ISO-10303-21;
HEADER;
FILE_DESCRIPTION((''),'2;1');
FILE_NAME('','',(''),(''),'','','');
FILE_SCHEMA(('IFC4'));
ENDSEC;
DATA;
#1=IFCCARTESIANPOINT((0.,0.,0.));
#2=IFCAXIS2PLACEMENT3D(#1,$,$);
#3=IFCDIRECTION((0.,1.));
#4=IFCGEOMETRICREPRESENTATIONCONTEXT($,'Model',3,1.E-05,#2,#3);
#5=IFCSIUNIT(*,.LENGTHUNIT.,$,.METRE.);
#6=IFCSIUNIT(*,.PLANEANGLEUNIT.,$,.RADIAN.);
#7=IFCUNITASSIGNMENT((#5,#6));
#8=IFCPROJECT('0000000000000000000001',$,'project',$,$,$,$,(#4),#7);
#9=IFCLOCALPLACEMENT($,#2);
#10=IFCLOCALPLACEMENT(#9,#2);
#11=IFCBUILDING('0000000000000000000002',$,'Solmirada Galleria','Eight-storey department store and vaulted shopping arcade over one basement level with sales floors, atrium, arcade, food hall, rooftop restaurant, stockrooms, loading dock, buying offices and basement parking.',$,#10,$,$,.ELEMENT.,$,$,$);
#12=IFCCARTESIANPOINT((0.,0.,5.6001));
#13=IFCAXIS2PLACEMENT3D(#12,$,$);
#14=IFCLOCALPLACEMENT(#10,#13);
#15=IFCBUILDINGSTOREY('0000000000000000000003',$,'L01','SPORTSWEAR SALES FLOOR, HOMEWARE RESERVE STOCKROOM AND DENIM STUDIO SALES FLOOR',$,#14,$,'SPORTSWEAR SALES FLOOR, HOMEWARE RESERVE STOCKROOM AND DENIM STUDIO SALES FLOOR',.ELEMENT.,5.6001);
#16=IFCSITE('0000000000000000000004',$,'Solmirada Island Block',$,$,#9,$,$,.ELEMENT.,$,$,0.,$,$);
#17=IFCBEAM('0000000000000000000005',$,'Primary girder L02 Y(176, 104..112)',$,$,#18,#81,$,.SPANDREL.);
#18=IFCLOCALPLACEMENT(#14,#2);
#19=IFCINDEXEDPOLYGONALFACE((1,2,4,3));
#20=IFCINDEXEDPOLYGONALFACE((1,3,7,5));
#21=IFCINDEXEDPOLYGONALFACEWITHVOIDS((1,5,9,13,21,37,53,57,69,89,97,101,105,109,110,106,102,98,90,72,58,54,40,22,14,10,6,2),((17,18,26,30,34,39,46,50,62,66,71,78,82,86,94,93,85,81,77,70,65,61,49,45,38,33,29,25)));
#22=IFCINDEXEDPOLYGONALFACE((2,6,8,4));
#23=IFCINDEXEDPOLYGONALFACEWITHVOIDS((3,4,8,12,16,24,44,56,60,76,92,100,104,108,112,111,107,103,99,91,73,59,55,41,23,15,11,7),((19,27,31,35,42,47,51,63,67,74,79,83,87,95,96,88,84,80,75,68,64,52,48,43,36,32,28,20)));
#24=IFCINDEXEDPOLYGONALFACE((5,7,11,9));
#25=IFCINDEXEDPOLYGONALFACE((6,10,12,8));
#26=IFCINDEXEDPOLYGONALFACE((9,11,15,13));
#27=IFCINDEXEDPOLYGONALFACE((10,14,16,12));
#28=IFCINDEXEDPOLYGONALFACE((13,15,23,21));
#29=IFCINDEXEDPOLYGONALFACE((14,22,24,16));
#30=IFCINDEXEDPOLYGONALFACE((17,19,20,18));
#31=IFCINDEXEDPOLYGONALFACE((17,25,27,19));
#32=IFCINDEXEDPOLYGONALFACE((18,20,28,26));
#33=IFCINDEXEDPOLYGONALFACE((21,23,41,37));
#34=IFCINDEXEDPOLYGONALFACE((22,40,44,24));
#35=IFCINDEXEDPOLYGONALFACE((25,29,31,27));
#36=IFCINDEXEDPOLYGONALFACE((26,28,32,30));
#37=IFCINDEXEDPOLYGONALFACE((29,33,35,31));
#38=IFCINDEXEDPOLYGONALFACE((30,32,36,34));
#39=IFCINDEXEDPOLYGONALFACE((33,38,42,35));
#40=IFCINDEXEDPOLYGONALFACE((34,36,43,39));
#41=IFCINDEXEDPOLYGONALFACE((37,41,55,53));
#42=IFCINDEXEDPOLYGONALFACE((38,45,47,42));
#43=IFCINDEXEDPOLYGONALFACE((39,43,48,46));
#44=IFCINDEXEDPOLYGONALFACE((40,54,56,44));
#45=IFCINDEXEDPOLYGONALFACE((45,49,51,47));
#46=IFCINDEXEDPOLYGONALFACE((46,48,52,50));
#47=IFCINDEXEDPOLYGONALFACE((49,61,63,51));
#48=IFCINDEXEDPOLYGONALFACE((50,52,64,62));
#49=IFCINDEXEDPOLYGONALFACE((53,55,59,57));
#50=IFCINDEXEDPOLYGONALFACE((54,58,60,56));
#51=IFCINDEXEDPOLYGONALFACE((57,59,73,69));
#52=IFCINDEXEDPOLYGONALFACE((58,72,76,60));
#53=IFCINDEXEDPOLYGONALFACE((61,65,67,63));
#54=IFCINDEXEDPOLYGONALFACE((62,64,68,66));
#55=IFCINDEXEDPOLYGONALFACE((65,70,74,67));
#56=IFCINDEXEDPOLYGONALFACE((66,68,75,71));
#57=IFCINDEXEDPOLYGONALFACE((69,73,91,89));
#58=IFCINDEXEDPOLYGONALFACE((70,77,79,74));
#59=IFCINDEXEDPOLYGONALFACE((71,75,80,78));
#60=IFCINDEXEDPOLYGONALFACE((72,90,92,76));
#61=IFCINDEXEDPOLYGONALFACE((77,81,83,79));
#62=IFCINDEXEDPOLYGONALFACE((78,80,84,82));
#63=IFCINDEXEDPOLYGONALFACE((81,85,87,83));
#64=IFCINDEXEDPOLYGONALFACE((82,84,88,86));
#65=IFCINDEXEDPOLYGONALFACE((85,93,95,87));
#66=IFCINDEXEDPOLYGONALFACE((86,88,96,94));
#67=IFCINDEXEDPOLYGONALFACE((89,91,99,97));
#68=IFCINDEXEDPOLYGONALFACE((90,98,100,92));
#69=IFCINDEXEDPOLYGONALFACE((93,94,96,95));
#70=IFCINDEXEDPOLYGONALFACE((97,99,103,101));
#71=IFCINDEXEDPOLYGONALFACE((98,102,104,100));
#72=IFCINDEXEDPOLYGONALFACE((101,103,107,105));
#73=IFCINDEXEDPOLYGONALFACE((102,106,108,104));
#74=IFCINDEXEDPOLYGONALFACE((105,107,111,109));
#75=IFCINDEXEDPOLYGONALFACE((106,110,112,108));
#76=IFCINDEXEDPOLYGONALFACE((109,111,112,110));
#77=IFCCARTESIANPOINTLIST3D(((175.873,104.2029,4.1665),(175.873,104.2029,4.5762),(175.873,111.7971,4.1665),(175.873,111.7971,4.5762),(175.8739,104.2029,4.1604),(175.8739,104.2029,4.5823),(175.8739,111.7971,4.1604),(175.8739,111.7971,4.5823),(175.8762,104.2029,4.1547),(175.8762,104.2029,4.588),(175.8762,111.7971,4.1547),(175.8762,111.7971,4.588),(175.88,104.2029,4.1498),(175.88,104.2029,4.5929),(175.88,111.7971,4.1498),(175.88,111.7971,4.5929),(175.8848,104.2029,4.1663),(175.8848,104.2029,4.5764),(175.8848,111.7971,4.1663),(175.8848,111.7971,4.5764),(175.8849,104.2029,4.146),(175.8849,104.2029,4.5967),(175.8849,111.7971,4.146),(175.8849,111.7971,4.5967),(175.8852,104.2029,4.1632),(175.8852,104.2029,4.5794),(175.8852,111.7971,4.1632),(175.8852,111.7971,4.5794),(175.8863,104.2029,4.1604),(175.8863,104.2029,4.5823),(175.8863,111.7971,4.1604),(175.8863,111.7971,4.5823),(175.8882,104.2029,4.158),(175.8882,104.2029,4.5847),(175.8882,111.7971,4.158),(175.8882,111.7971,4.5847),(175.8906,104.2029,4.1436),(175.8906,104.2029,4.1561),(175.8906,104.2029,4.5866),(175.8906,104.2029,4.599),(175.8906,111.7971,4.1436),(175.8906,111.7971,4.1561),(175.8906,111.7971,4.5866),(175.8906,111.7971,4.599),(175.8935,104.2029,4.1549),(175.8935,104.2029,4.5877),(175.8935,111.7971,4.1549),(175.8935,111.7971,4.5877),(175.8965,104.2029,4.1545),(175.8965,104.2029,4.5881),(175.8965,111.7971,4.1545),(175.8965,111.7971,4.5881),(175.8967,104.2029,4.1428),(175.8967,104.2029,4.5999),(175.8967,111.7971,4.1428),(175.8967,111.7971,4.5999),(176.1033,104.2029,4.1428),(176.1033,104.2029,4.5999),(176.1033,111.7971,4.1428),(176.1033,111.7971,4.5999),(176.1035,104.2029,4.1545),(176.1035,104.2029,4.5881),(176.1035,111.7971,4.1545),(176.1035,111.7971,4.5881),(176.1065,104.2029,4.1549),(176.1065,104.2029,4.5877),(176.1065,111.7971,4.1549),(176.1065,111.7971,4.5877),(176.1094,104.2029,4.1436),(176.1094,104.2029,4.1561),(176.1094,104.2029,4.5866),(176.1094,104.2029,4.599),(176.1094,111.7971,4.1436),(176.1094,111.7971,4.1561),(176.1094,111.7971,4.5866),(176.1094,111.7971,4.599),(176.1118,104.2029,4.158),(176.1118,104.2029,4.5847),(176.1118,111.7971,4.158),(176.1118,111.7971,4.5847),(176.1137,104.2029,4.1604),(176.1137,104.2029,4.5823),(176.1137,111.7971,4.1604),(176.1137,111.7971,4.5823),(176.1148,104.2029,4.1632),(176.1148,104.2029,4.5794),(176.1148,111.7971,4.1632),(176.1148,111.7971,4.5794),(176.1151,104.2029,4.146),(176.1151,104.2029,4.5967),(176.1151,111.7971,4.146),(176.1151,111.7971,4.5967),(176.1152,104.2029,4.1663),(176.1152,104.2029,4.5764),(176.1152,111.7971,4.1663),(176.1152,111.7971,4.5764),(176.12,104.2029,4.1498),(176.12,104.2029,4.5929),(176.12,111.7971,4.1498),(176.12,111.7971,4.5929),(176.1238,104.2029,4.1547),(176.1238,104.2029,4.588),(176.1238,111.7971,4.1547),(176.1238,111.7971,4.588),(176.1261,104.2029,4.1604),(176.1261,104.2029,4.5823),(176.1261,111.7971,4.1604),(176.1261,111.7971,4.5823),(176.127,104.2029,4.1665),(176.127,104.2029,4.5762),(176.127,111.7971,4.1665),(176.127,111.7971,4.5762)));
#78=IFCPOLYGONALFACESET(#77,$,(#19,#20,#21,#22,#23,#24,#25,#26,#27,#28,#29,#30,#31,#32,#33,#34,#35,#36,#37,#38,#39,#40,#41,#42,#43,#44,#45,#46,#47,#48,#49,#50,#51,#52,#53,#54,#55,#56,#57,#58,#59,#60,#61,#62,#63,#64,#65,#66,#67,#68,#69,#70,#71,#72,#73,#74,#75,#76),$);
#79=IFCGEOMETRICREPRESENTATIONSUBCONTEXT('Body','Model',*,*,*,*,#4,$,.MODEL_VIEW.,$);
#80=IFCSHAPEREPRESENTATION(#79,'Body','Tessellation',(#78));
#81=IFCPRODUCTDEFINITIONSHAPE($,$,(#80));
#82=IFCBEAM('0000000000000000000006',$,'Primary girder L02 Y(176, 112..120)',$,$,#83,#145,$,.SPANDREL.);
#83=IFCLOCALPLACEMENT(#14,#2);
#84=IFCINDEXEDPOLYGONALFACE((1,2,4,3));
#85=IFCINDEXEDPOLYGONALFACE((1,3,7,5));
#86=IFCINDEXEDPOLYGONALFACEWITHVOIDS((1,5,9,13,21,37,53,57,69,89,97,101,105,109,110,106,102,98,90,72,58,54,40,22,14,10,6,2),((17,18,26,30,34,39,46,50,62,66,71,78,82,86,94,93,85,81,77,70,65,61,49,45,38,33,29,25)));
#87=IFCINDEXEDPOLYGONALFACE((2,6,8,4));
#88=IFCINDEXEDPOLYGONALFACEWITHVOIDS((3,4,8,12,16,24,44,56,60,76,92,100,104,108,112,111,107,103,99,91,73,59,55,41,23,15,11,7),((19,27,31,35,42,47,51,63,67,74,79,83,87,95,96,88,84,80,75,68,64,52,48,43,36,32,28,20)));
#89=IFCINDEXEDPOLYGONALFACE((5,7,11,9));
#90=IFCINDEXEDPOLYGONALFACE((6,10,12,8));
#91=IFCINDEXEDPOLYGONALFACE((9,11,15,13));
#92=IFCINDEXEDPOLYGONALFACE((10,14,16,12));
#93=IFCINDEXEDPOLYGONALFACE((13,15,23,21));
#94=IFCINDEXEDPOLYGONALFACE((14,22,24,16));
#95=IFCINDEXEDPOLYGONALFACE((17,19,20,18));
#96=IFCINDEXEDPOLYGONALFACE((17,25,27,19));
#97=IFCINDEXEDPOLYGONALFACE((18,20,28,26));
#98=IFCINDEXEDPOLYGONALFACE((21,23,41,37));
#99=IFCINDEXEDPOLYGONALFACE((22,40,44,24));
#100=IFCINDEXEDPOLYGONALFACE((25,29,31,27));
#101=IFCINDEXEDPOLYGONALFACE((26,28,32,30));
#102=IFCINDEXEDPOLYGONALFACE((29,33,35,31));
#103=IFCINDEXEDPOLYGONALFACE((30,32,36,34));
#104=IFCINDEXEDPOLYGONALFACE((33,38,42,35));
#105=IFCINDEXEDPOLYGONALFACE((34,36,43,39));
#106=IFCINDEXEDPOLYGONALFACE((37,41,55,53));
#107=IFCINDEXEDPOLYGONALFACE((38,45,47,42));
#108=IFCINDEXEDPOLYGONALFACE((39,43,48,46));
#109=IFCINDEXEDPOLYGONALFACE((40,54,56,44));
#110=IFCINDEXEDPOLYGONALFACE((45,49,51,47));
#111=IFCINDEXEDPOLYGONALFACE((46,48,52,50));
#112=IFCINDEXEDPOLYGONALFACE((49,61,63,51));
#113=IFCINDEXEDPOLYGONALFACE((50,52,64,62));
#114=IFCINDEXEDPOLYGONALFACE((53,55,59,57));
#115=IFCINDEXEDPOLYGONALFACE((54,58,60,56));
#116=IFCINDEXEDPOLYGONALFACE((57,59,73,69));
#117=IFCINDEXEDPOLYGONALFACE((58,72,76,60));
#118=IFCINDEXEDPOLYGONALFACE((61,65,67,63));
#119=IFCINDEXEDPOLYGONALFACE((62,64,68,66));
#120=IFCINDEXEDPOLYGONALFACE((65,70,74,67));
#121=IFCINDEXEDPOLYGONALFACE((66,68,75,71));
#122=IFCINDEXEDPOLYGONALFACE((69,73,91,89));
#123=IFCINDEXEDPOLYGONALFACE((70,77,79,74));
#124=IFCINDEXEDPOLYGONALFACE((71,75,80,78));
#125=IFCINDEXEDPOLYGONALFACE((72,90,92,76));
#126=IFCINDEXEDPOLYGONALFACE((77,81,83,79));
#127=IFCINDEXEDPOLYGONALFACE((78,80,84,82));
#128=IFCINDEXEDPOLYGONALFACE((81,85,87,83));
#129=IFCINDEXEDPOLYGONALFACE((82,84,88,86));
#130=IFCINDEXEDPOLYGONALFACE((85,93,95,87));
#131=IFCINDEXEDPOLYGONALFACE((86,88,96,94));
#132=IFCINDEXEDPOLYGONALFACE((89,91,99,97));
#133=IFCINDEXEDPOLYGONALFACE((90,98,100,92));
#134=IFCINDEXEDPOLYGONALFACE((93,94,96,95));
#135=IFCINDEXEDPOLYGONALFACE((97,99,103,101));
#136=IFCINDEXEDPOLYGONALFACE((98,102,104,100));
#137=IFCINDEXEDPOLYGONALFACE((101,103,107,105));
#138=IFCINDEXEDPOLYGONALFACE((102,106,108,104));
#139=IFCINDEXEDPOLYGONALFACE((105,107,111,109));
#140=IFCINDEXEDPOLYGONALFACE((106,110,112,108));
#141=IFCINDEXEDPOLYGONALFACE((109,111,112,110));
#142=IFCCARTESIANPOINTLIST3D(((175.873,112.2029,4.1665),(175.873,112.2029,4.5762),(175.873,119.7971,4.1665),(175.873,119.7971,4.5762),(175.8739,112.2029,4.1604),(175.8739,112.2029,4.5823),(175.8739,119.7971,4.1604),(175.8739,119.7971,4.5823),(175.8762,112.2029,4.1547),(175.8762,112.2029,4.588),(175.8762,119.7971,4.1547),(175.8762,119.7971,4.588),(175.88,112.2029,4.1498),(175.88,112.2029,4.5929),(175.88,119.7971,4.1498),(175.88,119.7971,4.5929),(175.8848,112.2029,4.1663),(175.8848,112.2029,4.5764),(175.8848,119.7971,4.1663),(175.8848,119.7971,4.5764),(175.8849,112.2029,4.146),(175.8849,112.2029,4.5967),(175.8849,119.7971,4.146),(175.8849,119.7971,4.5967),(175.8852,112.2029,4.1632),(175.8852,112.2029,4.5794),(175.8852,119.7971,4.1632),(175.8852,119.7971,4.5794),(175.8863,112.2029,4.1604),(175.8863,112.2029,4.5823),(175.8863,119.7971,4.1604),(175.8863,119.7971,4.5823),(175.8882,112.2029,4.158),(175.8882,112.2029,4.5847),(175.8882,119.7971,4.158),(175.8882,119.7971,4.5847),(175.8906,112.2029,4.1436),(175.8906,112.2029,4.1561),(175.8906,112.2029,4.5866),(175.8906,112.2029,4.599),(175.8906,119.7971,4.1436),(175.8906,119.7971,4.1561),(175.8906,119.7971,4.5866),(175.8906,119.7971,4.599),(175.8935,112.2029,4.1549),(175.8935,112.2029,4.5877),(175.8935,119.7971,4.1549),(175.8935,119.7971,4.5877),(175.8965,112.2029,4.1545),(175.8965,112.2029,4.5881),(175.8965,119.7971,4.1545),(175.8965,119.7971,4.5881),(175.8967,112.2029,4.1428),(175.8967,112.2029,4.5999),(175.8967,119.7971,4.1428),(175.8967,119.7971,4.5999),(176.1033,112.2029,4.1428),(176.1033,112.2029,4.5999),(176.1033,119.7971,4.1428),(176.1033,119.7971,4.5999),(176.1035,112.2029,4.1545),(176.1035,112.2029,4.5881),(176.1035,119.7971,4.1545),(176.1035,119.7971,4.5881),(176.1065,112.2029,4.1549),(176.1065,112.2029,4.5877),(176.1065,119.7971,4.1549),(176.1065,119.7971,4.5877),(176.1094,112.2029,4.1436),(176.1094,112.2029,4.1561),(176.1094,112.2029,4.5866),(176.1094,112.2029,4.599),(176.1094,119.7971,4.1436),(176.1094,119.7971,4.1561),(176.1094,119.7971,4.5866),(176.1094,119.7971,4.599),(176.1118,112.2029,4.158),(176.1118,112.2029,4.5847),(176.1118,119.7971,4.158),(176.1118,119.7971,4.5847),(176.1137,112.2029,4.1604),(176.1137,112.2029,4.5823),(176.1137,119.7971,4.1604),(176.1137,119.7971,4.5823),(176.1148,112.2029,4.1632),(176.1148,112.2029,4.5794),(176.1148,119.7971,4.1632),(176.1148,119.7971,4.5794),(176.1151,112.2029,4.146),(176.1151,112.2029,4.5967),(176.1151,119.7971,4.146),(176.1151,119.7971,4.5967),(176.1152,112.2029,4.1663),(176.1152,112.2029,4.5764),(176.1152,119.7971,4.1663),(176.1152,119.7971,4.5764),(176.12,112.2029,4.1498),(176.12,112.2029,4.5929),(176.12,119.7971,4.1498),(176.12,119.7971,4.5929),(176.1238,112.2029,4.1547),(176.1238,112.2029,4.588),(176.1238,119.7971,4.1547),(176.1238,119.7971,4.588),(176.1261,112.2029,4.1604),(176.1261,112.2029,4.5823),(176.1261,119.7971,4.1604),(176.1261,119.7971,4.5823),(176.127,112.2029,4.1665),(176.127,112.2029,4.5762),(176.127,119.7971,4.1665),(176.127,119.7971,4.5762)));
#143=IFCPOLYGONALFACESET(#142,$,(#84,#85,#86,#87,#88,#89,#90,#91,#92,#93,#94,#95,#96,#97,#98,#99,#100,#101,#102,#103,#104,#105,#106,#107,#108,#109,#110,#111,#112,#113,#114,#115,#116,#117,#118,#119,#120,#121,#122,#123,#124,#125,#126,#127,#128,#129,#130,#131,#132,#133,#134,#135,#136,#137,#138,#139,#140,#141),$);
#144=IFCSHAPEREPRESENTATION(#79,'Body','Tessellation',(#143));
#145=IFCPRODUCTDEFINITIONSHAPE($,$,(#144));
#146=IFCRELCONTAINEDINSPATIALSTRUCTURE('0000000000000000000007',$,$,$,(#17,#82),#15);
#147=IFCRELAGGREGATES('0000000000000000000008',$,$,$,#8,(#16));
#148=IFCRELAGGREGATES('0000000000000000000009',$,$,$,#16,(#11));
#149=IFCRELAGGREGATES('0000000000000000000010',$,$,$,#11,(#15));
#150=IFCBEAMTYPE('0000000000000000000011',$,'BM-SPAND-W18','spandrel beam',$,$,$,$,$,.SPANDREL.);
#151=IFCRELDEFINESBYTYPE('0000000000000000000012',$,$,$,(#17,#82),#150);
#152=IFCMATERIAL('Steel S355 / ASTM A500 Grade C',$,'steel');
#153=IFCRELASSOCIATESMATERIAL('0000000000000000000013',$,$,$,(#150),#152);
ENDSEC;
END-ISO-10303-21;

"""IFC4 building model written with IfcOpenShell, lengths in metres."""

from ifc_helpers import new_model, si_unit, direction, frame, origin, origin_2d, place, context, subcontext, project, spatial, hollow_rectangle, extrude, material, material_profile, profile_set, type_object, element, save


model = new_model("IFC4")

# Units and contexts
model_context = context("Model", 3, precision=1e-05, world=origin(), true_north=direction((0.0, 1.0)))
body_context = subcontext(model_context, "Body", "Model", "MODEL_VIEW")
ifc_project = project(units=[si_unit("LENGTHUNIT", "METRE"), si_unit("PLANEANGLEUNIT", "RADIAN")], contexts=[model_context])

# Site, building, storey
site_placement = place(None, origin())
site = spatial("IfcSite", under=ifc_project, at=site_placement, Name="Solmirada Island Block", CompositionType="ELEMENT", RefElevation=0.0)
building_placement = place(site_placement, origin())
building = spatial("IfcBuilding", under=site, at=building_placement, Name="Solmirada Galleria", Description="Eight-storey department store and vaulted shopping arcade over one basement level with sales floors, atrium, arcade, food hall, rooftop restaurant, stockrooms, loading dock, buying offices and basement parking.", CompositionType="ELEMENT")
storey_placement = place(building_placement, frame((0.0, 0.0, 5.6001)))
storey = spatial("IfcBuildingStorey", under=building, at=storey_placement, Name="L01", Description="SPORTSWEAR SALES FLOOR, HOMEWARE RESERVE STOCKROOM AND DENIM STUDIO SALES FLOOR", LongName="SPORTSWEAR SALES FLOOR, HOMEWARE RESERVE STOCKROOM AND DENIM STUDIO SALES FLOOR", CompositionType="ELEMENT", Elevation=5.6001)

# Shared definitions
ifc_material_1 = material(Name="Steel S355 / ASTM A500 Grade C", Category="steel")

# Beams
ifc_material_profile_1 = material_profile(ifc_material_1, hollow_rectangle(XDim=0.2539, YDim=0.457, WallThickness=0.0117, InnerFilletRadius=0.0117, OuterFilletRadius=0.0237, at=origin_2d()), Name="HSS18X10X1/2")
ifc_profile_set_1 = profile_set([ifc_material_profile_1], Name="Steel S355 / ASTM A500 Grade C")
beam_type_1 = type_object("IfcBeamType", Name="BM-SPAND-W18", Description="spandrel beam", PredefinedType="SPANDREL", material=ifc_profile_set_1)
for number, where, z_axis, x_axis, name in (
    (1, (176.0, 104.2029, 4.3713), (0.0, 1.0, 0.0), (-1.0, 0.0, 0.0), "Primary girder L02 Y(176, 104..112)"),
    (2, (176.0, 112.2029, 4.3713), (0.0, 1.0, 0.0), (-1.0, 0.0, 0.0), "Primary girder L02 Y(176, 112..120)"),
):
    element("IfcBeam", number, at=place(storey_placement, frame(where, z_axis=z_axis, x_axis=x_axis)), inside=storey, type_object=beam_type_1, Name=name, PredefinedType="SPANDREL", context=body_context, shape_type="SweptSolid", body=[
        extrude(hollow_rectangle(XDim=0.2539, YDim=0.457, WallThickness=0.0117, InnerFilletRadius=0.0117, OuterFilletRadius=0.0237, at=origin_2d()), origin(), (0.0, 0.0, 1.0), 7.5942),
    ])

save(model, "model.ifc")
